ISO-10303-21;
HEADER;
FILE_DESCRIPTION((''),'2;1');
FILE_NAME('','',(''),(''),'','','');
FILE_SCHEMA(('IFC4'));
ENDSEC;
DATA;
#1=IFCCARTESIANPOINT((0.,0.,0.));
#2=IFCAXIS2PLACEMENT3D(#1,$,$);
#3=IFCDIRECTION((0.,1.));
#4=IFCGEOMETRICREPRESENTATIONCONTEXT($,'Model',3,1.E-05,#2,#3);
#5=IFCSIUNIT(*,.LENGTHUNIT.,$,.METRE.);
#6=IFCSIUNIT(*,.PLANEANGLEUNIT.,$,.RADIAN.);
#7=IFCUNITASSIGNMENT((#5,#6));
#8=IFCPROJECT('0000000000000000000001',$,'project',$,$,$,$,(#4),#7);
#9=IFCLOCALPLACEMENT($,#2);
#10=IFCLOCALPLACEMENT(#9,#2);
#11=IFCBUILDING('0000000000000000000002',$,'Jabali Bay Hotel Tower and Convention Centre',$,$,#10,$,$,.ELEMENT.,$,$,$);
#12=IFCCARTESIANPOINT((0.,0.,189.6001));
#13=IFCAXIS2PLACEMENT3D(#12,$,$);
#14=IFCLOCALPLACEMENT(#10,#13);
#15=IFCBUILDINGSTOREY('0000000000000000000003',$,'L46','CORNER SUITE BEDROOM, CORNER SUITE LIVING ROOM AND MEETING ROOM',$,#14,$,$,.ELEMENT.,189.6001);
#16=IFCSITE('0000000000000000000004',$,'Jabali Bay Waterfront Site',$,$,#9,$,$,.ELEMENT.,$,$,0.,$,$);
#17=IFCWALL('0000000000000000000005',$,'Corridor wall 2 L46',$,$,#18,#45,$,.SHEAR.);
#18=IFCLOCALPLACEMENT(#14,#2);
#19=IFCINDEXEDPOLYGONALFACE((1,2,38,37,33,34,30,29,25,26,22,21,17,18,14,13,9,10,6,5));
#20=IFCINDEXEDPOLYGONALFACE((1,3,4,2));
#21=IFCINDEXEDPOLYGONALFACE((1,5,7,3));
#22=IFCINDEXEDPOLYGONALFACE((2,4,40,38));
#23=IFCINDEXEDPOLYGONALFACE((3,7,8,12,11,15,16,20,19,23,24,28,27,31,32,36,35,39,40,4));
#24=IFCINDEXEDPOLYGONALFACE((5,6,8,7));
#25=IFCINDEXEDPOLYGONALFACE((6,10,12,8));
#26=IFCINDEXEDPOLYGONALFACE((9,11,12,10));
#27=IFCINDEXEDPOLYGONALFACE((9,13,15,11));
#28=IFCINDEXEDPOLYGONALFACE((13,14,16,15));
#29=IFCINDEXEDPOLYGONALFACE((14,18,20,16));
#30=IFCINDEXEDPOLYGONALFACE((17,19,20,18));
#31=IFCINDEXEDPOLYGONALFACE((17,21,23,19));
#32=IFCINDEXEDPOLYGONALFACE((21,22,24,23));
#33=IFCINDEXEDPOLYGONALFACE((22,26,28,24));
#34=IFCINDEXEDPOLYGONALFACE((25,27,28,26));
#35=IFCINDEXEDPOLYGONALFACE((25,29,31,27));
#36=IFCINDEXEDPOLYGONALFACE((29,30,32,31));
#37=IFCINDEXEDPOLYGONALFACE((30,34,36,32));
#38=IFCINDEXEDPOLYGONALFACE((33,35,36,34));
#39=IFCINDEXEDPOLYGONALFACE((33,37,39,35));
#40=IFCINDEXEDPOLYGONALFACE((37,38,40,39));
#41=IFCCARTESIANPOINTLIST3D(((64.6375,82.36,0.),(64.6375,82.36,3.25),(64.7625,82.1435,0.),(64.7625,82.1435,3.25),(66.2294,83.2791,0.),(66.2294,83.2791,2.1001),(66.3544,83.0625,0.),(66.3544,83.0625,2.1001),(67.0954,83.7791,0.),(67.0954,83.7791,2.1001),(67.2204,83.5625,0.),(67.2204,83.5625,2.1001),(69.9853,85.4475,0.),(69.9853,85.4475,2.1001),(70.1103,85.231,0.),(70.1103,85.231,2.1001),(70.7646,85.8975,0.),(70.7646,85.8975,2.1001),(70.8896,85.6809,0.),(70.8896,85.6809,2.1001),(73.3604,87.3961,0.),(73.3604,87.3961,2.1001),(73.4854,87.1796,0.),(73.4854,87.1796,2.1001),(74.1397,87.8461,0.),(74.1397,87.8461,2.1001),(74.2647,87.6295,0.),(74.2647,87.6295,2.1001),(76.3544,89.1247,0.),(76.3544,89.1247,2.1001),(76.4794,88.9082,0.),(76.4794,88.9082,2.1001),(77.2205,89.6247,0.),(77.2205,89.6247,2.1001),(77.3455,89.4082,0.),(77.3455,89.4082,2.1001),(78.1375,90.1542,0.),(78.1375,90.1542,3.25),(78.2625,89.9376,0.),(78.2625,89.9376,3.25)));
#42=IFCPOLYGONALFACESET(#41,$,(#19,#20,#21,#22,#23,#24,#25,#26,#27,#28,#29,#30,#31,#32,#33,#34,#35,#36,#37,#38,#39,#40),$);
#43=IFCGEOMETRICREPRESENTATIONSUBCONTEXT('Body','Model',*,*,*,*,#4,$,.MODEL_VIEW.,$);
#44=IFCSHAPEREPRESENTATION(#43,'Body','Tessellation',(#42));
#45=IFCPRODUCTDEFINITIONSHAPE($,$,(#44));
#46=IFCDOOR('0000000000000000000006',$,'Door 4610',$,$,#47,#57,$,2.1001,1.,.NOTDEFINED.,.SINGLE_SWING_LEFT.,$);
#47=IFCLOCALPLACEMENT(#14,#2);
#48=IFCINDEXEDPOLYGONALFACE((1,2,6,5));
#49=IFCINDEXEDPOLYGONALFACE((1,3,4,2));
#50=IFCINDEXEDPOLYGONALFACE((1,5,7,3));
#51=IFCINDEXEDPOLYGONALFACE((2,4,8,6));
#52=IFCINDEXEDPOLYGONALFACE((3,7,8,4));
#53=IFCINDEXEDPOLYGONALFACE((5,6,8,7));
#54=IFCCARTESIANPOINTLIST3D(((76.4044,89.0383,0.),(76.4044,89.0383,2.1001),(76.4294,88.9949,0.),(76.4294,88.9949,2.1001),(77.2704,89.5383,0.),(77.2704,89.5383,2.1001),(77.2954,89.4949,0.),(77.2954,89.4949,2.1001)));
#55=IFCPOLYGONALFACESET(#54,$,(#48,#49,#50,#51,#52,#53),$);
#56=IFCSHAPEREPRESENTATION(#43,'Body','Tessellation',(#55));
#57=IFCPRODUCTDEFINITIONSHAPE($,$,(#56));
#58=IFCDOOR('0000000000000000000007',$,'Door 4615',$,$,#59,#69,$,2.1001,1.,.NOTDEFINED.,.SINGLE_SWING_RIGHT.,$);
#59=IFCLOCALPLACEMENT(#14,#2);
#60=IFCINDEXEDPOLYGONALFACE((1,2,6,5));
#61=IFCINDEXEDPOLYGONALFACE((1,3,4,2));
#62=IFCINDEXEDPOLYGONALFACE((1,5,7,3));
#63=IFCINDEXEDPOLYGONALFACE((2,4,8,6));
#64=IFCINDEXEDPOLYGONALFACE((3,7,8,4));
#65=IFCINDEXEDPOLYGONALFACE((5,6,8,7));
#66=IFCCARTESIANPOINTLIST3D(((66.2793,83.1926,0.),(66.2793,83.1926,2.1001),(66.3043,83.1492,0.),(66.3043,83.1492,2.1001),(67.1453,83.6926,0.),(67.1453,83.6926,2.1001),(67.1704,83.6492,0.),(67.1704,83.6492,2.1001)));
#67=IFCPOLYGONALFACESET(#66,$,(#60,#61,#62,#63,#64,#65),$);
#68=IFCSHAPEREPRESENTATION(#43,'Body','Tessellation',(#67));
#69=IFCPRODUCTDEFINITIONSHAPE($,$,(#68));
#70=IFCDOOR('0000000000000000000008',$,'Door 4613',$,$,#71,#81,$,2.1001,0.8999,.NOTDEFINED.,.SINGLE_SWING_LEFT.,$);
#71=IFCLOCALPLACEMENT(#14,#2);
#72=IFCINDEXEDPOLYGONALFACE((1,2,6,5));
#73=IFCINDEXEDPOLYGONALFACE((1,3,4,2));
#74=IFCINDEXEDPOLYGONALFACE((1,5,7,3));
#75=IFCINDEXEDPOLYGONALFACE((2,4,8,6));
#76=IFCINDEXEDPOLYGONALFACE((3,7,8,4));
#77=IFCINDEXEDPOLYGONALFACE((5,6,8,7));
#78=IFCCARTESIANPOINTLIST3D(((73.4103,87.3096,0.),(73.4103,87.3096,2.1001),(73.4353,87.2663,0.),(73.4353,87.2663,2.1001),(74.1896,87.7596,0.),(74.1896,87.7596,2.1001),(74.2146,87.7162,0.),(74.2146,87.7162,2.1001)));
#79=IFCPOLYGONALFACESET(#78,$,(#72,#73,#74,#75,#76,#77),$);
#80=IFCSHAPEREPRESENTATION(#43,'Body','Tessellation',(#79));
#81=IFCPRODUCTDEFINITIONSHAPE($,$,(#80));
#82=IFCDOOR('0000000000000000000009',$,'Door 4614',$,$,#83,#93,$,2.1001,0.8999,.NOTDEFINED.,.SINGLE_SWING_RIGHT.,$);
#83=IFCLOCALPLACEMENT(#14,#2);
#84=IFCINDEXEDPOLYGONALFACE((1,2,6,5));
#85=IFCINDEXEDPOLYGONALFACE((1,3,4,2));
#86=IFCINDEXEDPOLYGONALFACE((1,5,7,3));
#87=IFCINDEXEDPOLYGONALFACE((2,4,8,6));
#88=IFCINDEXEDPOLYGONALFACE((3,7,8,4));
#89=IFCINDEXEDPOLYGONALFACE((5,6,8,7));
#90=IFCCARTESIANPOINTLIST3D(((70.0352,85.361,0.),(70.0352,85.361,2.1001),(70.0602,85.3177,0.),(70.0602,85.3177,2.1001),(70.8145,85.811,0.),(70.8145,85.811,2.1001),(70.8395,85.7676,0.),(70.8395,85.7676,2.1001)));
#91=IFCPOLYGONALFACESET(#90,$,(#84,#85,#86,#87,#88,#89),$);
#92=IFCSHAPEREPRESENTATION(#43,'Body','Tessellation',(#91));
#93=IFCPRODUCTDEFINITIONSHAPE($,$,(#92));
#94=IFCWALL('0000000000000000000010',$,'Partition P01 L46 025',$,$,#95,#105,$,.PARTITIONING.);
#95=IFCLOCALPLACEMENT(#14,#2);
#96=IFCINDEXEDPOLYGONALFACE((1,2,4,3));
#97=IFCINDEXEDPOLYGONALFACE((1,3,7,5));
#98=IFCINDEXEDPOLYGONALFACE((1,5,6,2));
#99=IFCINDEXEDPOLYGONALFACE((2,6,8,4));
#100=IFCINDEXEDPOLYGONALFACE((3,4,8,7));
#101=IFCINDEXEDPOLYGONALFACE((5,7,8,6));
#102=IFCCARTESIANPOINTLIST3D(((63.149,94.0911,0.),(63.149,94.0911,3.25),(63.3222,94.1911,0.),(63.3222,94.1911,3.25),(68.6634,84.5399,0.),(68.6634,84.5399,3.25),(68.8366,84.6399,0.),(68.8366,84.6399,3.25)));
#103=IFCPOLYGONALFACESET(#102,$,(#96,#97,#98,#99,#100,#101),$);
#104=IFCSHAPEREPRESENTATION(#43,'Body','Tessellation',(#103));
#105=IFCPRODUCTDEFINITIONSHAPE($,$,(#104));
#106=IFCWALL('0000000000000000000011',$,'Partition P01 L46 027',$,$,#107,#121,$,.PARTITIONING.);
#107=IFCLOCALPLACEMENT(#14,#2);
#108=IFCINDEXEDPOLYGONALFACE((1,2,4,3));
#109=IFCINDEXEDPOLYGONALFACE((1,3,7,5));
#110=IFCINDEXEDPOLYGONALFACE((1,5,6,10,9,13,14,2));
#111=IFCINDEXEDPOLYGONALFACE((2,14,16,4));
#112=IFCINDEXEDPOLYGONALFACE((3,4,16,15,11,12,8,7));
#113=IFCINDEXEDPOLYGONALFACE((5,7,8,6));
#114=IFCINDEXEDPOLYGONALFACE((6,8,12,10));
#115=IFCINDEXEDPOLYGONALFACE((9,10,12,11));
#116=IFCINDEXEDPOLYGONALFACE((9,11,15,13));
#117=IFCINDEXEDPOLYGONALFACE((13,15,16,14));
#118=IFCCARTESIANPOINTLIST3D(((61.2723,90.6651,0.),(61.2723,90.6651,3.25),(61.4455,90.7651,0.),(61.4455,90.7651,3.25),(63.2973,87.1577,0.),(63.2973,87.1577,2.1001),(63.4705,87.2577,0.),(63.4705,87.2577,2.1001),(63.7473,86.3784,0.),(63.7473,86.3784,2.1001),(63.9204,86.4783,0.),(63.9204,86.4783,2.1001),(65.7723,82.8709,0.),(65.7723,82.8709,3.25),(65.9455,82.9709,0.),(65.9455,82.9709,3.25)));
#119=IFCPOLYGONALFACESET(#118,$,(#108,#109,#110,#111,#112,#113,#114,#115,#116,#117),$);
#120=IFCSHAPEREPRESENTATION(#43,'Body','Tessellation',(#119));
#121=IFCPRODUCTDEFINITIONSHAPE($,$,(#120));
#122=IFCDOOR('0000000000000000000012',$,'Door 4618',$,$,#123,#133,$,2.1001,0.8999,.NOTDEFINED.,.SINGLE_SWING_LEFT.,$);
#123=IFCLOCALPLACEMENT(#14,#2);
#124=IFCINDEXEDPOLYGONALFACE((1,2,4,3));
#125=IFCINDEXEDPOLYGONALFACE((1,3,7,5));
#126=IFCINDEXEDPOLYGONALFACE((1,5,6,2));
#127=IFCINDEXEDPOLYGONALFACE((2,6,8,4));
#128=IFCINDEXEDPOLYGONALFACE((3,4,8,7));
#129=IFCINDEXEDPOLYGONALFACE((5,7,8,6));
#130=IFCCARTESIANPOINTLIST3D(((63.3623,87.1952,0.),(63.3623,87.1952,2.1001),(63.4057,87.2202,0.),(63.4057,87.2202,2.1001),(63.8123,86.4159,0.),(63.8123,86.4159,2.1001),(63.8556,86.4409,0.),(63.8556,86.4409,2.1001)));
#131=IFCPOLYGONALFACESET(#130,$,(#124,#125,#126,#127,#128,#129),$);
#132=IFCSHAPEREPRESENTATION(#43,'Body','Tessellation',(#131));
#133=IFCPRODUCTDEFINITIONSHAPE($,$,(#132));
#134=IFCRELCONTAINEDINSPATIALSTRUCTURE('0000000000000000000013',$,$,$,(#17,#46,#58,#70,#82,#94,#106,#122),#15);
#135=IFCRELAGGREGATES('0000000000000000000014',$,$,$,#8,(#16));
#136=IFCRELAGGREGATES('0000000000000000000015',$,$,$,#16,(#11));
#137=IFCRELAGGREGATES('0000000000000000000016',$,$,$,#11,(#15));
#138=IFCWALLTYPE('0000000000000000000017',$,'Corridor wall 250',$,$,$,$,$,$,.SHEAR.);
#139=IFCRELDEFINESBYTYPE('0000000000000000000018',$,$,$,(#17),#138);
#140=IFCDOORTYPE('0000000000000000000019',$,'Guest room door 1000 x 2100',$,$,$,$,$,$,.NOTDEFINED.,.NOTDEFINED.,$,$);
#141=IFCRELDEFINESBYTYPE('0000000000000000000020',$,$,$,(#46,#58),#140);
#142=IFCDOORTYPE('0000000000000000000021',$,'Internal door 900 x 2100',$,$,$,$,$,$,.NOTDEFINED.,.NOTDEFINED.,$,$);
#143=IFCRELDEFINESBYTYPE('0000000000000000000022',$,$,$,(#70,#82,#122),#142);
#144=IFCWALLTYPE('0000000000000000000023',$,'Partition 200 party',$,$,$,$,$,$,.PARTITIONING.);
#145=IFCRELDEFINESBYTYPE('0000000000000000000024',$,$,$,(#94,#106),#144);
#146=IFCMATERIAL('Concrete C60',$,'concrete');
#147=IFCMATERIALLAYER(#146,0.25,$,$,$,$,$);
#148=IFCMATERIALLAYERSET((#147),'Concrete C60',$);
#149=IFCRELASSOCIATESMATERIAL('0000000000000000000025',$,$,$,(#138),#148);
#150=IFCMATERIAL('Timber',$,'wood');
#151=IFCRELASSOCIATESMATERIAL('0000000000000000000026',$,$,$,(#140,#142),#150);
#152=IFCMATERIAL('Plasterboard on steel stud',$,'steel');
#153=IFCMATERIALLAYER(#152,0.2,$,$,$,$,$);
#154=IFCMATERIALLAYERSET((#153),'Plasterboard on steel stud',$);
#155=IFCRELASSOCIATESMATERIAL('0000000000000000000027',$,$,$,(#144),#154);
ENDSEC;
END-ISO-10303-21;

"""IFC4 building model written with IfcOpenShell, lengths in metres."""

from ifc_helpers import new_model, si_unit, direction, frame, frame_2d, origin, place, context, subcontext, project, spatial, rectangle, extrude, material, layer, layer_set, type_object, element, fill, save


model = new_model("IFC4")

# Units and contexts
model_context = context("Model", 3, precision=1e-05, world=origin(), true_north=direction((0.0, 1.0)))
body_context = subcontext(model_context, "Body", "Model", "MODEL_VIEW")
ifc_project = project(units=[si_unit("LENGTHUNIT", "METRE"), si_unit("PLANEANGLEUNIT", "RADIAN")], contexts=[model_context])

# Site, building, storey
site_placement = place(None, origin())
site = spatial("IfcSite", under=ifc_project, at=site_placement, Name="Jabali Bay Waterfront Site", CompositionType="ELEMENT", RefElevation=0.0)
building_placement = place(site_placement, origin())
building = spatial("IfcBuilding", under=site, at=building_placement, Name="Jabali Bay Hotel Tower and Convention Centre", CompositionType="ELEMENT")
storey_placement = place(building_placement, frame((0.0, 0.0, 189.6001)))
storey = spatial("IfcBuildingStorey", under=building, at=storey_placement, Name="L46", Description="CORNER SUITE BEDROOM, CORNER SUITE LIVING ROOM AND MEETING ROOM", CompositionType="ELEMENT", Elevation=189.6001)

# Shared definitions
ifc_material_1 = material(Name="Concrete C60", Category="concrete")

# Wall, openings, doors
ifc_layer_1 = layer(ifc_material_1, 0.25)
ifc_layer_set_1 = layer_set([ifc_layer_1], Name="Concrete C60")
wall_type_1 = type_object("IfcWallType", Name="Corridor wall 250", PredefinedType="SHEAR", material=ifc_layer_set_1)
wall_1_placement = place(storey_placement, frame((78.2, 90.0459, 0.0), z_axis=(0.0, 0.0, 1.0), x_axis=(-0.866026, -0.499998, 0.0)))
wall_1 = element("IfcWall", 1, at=wall_1_placement, inside=storey, type_object=wall_type_1, Name="Corridor wall 2 L46", PredefinedType="SHEAR", context=body_context, shape_type="SweptSolid", body=[
    extrude(rectangle(XDim=15.5884, YDim=0.25, at=frame_2d((7.7942, 0.0))), origin(), (0.0, 0.0, 1.0), 3.25),
])
opening_1_placement = place(wall_1_placement, frame((1.0588, 0.0, 0.0)))
opening_1 = element("IfcOpeningElement", 2, at=opening_1_placement, cuts=wall_1, PredefinedType="OPENING", context=body_context, shape_type="SweptSolid", body=[
    extrude(rectangle(XDim=1.0, YDim=2.1001, at=frame_2d((0.5, 1.05))), frame((0.0, 0.1355, 0.0), z_axis=(0.0, -1.0, 0.0), x_axis=(1.0, 0.0, 0.0)), (0.0, 0.0, 1.0), 0.271),
])
opening_2_placement = place(wall_1_placement, frame((4.6162, 0.0, 0.0)))
opening_2 = element("IfcOpeningElement", 3, at=opening_2_placement, cuts=wall_1, PredefinedType="OPENING", context=body_context, shape_type="SweptSolid", body=[
    extrude(rectangle(XDim=0.8999, YDim=2.1001, at=frame_2d((0.45, 1.05))), frame((0.0, 0.1355, 0.0), z_axis=(0.0, -1.0, 0.0), x_axis=(1.0, 0.0, 0.0)), (0.0, 0.0, 1.0), 0.271),
])
opening_3_placement = place(wall_1_placement, frame((8.5134, 0.0, 0.0)))
opening_3 = element("IfcOpeningElement", 4, at=opening_3_placement, cuts=wall_1, PredefinedType="OPENING", context=body_context, shape_type="SweptSolid", body=[
    extrude(rectangle(XDim=0.8999, YDim=2.1001, at=frame_2d((0.45, 1.05))), frame((0.0, 0.1355, 0.0), z_axis=(0.0, -1.0, 0.0), x_axis=(1.0, 0.0, 0.0)), (0.0, 0.0, 1.0), 0.271),
])
opening_4_placement = place(wall_1_placement, frame((12.7502, 0.0, 0.0)))
opening_4 = element("IfcOpeningElement", 5, at=opening_4_placement, cuts=wall_1, PredefinedType="OPENING", context=body_context, shape_type="SweptSolid", body=[
    extrude(rectangle(XDim=1.0, YDim=2.1001, at=frame_2d((0.5, 1.05))), frame((0.0, 0.1355, 0.0), z_axis=(0.0, -1.0, 0.0), x_axis=(1.0, 0.0, 0.0)), (0.0, 0.0, 1.0), 0.271),
])
ifc_material_2 = material(Name="Timber", Category="wood")
door_type_1 = type_object("IfcDoorType", Name="Guest room door 1000 x 2100", OperationType="NOTDEFINED", PredefinedType="NOTDEFINED", material=ifc_material_2)
door_1_placement = place(opening_1_placement, origin())
door_1 = element("IfcDoor", 6, at=door_1_placement, inside=storey, type_object=door_type_1, Name="Door 4610", OperationType="SINGLE_SWING_LEFT", OverallHeight=2.1001, OverallWidth=1.0, PredefinedType="NOTDEFINED", context=body_context, shape_type="SweptSolid", body=[
    extrude(rectangle(XDim=1.0, YDim=2.1001, at=frame_2d((0.5, 1.05))), frame((0.0, 0.0249, 0.0), z_axis=(0.0, -1.0, 0.0), x_axis=(1.0, 0.0, 0.0)), (0.0, 0.0, 1.0), 0.05),
])
fill(opening_1, door_1)
door_2_placement = place(opening_4_placement, origin())
door_2 = element("IfcDoor", 7, at=door_2_placement, inside=storey, type_object=door_type_1, Name="Door 4615", OperationType="SINGLE_SWING_RIGHT", OverallHeight=2.1001, OverallWidth=1.0, PredefinedType="NOTDEFINED", context=body_context, shape_type="SweptSolid", body=[
    extrude(rectangle(XDim=1.0, YDim=2.1001, at=frame_2d((0.5, 1.05))), frame((0.0, 0.0249, 0.0), z_axis=(0.0, -1.0, 0.0), x_axis=(1.0, 0.0, 0.0)), (0.0, 0.0, 1.0), 0.05),
])
fill(opening_4, door_2)
door_type_2 = type_object("IfcDoorType", Name="Internal door 900 x 2100", OperationType="NOTDEFINED", PredefinedType="NOTDEFINED", material=ifc_material_2)
door_3_placement = place(opening_2_placement, origin())
door_3 = element("IfcDoor", 8, at=door_3_placement, inside=storey, type_object=door_type_2, Name="Door 4613", OperationType="SINGLE_SWING_LEFT", OverallHeight=2.1001, OverallWidth=0.8999, PredefinedType="NOTDEFINED", context=body_context, shape_type="SweptSolid", body=[
    extrude(rectangle(XDim=0.8999, YDim=2.1001, at=frame_2d((0.45, 1.05))), frame((0.0, 0.0249, 0.0), z_axis=(0.0, -1.0, 0.0), x_axis=(1.0, 0.0, 0.0)), (0.0, 0.0, 1.0), 0.05),
])
fill(opening_2, door_3)
door_4_placement = place(opening_3_placement, origin())
door_4 = element("IfcDoor", 9, at=door_4_placement, inside=storey, type_object=door_type_2, Name="Door 4614", OperationType="SINGLE_SWING_RIGHT", OverallHeight=2.1001, OverallWidth=0.8999, PredefinedType="NOTDEFINED", context=body_context, shape_type="SweptSolid", body=[
    extrude(rectangle(XDim=0.8999, YDim=2.1001, at=frame_2d((0.45, 1.05))), frame((0.0, 0.0249, 0.0), z_axis=(0.0, -1.0, 0.0), x_axis=(1.0, 0.0, 0.0)), (0.0, 0.0, 1.0), 0.05),
])
fill(opening_3, door_4)

# Wall
ifc_material_3 = material(Name="Plasterboard on steel stud", Category="steel")
ifc_layer_2 = layer(ifc_material_3, 0.2)
ifc_layer_set_2 = layer_set([ifc_layer_2], Name="Plasterboard on steel stud")
wall_type_2 = type_object("IfcWallType", Name="Partition 200 party", PredefinedType="PARTITIONING", material=ifc_layer_set_2)
wall_2_placement = place(storey_placement, frame((63.2356, 94.1411, 0.0), z_axis=(0.0, 0.0, 1.0), x_axis=(0.499998, -0.866026, 0.0)))
element("IfcWall", 10, at=wall_2_placement, inside=storey, type_object=wall_type_2, Name="Partition P01 L46 025", PredefinedType="PARTITIONING", context=body_context, shape_type="SweptSolid", body=[
    extrude(rectangle(XDim=11.0288, YDim=0.2, at=frame_2d((5.5144, 0.0))), origin(), (0.0, 0.0, 1.0), 3.25),
])

# Wall, opening, door
wall_3_placement = place(storey_placement, frame((65.8589, 82.9209, 0.0), z_axis=(0.0, 0.0, 1.0), x_axis=(-0.500002, 0.866024, 0.0)))
wall_3 = element("IfcWall", 11, at=wall_3_placement, inside=storey, type_object=wall_type_2, Name="Partition P01 L46 027", PredefinedType="PARTITIONING", context=body_context, shape_type="SweptSolid", body=[
    extrude(rectangle(XDim=9.0, YDim=0.2, at=frame_2d((4.5, 0.0))), origin(), (0.0, 0.0, 1.0), 3.25),
])
opening_5_placement = place(wall_3_placement, frame((4.05, 0.0, 0.0)))
opening_5 = element("IfcOpeningElement", 12, at=opening_5_placement, cuts=wall_3, PredefinedType="OPENING", context=body_context, shape_type="SweptSolid", body=[
    extrude(rectangle(XDim=0.8999, YDim=2.1001, at=frame_2d((0.45, 1.05))), frame((0.0, 0.1104, 0.0), z_axis=(0.0, -1.0, 0.0), x_axis=(1.0, 0.0, 0.0)), (0.0, 0.0, 1.0), 0.2209),
])
door_5_placement = place(opening_5_placement, origin())
door_5 = element("IfcDoor", 13, at=door_5_placement, inside=storey, type_object=door_type_2, Name="Door 4618", OperationType="SINGLE_SWING_LEFT", OverallHeight=2.1001, OverallWidth=0.8999, PredefinedType="NOTDEFINED", context=body_context, shape_type="SweptSolid", body=[
    extrude(rectangle(XDim=0.8999, YDim=2.1001, at=frame_2d((0.45, 1.05))), frame((0.0, 0.0249, 0.0), z_axis=(0.0, -1.0, 0.0), x_axis=(1.0, 0.0, 0.0)), (0.0, 0.0, 1.0), 0.05),
])
fill(opening_5, door_5)

save(model, "model.ifc")
